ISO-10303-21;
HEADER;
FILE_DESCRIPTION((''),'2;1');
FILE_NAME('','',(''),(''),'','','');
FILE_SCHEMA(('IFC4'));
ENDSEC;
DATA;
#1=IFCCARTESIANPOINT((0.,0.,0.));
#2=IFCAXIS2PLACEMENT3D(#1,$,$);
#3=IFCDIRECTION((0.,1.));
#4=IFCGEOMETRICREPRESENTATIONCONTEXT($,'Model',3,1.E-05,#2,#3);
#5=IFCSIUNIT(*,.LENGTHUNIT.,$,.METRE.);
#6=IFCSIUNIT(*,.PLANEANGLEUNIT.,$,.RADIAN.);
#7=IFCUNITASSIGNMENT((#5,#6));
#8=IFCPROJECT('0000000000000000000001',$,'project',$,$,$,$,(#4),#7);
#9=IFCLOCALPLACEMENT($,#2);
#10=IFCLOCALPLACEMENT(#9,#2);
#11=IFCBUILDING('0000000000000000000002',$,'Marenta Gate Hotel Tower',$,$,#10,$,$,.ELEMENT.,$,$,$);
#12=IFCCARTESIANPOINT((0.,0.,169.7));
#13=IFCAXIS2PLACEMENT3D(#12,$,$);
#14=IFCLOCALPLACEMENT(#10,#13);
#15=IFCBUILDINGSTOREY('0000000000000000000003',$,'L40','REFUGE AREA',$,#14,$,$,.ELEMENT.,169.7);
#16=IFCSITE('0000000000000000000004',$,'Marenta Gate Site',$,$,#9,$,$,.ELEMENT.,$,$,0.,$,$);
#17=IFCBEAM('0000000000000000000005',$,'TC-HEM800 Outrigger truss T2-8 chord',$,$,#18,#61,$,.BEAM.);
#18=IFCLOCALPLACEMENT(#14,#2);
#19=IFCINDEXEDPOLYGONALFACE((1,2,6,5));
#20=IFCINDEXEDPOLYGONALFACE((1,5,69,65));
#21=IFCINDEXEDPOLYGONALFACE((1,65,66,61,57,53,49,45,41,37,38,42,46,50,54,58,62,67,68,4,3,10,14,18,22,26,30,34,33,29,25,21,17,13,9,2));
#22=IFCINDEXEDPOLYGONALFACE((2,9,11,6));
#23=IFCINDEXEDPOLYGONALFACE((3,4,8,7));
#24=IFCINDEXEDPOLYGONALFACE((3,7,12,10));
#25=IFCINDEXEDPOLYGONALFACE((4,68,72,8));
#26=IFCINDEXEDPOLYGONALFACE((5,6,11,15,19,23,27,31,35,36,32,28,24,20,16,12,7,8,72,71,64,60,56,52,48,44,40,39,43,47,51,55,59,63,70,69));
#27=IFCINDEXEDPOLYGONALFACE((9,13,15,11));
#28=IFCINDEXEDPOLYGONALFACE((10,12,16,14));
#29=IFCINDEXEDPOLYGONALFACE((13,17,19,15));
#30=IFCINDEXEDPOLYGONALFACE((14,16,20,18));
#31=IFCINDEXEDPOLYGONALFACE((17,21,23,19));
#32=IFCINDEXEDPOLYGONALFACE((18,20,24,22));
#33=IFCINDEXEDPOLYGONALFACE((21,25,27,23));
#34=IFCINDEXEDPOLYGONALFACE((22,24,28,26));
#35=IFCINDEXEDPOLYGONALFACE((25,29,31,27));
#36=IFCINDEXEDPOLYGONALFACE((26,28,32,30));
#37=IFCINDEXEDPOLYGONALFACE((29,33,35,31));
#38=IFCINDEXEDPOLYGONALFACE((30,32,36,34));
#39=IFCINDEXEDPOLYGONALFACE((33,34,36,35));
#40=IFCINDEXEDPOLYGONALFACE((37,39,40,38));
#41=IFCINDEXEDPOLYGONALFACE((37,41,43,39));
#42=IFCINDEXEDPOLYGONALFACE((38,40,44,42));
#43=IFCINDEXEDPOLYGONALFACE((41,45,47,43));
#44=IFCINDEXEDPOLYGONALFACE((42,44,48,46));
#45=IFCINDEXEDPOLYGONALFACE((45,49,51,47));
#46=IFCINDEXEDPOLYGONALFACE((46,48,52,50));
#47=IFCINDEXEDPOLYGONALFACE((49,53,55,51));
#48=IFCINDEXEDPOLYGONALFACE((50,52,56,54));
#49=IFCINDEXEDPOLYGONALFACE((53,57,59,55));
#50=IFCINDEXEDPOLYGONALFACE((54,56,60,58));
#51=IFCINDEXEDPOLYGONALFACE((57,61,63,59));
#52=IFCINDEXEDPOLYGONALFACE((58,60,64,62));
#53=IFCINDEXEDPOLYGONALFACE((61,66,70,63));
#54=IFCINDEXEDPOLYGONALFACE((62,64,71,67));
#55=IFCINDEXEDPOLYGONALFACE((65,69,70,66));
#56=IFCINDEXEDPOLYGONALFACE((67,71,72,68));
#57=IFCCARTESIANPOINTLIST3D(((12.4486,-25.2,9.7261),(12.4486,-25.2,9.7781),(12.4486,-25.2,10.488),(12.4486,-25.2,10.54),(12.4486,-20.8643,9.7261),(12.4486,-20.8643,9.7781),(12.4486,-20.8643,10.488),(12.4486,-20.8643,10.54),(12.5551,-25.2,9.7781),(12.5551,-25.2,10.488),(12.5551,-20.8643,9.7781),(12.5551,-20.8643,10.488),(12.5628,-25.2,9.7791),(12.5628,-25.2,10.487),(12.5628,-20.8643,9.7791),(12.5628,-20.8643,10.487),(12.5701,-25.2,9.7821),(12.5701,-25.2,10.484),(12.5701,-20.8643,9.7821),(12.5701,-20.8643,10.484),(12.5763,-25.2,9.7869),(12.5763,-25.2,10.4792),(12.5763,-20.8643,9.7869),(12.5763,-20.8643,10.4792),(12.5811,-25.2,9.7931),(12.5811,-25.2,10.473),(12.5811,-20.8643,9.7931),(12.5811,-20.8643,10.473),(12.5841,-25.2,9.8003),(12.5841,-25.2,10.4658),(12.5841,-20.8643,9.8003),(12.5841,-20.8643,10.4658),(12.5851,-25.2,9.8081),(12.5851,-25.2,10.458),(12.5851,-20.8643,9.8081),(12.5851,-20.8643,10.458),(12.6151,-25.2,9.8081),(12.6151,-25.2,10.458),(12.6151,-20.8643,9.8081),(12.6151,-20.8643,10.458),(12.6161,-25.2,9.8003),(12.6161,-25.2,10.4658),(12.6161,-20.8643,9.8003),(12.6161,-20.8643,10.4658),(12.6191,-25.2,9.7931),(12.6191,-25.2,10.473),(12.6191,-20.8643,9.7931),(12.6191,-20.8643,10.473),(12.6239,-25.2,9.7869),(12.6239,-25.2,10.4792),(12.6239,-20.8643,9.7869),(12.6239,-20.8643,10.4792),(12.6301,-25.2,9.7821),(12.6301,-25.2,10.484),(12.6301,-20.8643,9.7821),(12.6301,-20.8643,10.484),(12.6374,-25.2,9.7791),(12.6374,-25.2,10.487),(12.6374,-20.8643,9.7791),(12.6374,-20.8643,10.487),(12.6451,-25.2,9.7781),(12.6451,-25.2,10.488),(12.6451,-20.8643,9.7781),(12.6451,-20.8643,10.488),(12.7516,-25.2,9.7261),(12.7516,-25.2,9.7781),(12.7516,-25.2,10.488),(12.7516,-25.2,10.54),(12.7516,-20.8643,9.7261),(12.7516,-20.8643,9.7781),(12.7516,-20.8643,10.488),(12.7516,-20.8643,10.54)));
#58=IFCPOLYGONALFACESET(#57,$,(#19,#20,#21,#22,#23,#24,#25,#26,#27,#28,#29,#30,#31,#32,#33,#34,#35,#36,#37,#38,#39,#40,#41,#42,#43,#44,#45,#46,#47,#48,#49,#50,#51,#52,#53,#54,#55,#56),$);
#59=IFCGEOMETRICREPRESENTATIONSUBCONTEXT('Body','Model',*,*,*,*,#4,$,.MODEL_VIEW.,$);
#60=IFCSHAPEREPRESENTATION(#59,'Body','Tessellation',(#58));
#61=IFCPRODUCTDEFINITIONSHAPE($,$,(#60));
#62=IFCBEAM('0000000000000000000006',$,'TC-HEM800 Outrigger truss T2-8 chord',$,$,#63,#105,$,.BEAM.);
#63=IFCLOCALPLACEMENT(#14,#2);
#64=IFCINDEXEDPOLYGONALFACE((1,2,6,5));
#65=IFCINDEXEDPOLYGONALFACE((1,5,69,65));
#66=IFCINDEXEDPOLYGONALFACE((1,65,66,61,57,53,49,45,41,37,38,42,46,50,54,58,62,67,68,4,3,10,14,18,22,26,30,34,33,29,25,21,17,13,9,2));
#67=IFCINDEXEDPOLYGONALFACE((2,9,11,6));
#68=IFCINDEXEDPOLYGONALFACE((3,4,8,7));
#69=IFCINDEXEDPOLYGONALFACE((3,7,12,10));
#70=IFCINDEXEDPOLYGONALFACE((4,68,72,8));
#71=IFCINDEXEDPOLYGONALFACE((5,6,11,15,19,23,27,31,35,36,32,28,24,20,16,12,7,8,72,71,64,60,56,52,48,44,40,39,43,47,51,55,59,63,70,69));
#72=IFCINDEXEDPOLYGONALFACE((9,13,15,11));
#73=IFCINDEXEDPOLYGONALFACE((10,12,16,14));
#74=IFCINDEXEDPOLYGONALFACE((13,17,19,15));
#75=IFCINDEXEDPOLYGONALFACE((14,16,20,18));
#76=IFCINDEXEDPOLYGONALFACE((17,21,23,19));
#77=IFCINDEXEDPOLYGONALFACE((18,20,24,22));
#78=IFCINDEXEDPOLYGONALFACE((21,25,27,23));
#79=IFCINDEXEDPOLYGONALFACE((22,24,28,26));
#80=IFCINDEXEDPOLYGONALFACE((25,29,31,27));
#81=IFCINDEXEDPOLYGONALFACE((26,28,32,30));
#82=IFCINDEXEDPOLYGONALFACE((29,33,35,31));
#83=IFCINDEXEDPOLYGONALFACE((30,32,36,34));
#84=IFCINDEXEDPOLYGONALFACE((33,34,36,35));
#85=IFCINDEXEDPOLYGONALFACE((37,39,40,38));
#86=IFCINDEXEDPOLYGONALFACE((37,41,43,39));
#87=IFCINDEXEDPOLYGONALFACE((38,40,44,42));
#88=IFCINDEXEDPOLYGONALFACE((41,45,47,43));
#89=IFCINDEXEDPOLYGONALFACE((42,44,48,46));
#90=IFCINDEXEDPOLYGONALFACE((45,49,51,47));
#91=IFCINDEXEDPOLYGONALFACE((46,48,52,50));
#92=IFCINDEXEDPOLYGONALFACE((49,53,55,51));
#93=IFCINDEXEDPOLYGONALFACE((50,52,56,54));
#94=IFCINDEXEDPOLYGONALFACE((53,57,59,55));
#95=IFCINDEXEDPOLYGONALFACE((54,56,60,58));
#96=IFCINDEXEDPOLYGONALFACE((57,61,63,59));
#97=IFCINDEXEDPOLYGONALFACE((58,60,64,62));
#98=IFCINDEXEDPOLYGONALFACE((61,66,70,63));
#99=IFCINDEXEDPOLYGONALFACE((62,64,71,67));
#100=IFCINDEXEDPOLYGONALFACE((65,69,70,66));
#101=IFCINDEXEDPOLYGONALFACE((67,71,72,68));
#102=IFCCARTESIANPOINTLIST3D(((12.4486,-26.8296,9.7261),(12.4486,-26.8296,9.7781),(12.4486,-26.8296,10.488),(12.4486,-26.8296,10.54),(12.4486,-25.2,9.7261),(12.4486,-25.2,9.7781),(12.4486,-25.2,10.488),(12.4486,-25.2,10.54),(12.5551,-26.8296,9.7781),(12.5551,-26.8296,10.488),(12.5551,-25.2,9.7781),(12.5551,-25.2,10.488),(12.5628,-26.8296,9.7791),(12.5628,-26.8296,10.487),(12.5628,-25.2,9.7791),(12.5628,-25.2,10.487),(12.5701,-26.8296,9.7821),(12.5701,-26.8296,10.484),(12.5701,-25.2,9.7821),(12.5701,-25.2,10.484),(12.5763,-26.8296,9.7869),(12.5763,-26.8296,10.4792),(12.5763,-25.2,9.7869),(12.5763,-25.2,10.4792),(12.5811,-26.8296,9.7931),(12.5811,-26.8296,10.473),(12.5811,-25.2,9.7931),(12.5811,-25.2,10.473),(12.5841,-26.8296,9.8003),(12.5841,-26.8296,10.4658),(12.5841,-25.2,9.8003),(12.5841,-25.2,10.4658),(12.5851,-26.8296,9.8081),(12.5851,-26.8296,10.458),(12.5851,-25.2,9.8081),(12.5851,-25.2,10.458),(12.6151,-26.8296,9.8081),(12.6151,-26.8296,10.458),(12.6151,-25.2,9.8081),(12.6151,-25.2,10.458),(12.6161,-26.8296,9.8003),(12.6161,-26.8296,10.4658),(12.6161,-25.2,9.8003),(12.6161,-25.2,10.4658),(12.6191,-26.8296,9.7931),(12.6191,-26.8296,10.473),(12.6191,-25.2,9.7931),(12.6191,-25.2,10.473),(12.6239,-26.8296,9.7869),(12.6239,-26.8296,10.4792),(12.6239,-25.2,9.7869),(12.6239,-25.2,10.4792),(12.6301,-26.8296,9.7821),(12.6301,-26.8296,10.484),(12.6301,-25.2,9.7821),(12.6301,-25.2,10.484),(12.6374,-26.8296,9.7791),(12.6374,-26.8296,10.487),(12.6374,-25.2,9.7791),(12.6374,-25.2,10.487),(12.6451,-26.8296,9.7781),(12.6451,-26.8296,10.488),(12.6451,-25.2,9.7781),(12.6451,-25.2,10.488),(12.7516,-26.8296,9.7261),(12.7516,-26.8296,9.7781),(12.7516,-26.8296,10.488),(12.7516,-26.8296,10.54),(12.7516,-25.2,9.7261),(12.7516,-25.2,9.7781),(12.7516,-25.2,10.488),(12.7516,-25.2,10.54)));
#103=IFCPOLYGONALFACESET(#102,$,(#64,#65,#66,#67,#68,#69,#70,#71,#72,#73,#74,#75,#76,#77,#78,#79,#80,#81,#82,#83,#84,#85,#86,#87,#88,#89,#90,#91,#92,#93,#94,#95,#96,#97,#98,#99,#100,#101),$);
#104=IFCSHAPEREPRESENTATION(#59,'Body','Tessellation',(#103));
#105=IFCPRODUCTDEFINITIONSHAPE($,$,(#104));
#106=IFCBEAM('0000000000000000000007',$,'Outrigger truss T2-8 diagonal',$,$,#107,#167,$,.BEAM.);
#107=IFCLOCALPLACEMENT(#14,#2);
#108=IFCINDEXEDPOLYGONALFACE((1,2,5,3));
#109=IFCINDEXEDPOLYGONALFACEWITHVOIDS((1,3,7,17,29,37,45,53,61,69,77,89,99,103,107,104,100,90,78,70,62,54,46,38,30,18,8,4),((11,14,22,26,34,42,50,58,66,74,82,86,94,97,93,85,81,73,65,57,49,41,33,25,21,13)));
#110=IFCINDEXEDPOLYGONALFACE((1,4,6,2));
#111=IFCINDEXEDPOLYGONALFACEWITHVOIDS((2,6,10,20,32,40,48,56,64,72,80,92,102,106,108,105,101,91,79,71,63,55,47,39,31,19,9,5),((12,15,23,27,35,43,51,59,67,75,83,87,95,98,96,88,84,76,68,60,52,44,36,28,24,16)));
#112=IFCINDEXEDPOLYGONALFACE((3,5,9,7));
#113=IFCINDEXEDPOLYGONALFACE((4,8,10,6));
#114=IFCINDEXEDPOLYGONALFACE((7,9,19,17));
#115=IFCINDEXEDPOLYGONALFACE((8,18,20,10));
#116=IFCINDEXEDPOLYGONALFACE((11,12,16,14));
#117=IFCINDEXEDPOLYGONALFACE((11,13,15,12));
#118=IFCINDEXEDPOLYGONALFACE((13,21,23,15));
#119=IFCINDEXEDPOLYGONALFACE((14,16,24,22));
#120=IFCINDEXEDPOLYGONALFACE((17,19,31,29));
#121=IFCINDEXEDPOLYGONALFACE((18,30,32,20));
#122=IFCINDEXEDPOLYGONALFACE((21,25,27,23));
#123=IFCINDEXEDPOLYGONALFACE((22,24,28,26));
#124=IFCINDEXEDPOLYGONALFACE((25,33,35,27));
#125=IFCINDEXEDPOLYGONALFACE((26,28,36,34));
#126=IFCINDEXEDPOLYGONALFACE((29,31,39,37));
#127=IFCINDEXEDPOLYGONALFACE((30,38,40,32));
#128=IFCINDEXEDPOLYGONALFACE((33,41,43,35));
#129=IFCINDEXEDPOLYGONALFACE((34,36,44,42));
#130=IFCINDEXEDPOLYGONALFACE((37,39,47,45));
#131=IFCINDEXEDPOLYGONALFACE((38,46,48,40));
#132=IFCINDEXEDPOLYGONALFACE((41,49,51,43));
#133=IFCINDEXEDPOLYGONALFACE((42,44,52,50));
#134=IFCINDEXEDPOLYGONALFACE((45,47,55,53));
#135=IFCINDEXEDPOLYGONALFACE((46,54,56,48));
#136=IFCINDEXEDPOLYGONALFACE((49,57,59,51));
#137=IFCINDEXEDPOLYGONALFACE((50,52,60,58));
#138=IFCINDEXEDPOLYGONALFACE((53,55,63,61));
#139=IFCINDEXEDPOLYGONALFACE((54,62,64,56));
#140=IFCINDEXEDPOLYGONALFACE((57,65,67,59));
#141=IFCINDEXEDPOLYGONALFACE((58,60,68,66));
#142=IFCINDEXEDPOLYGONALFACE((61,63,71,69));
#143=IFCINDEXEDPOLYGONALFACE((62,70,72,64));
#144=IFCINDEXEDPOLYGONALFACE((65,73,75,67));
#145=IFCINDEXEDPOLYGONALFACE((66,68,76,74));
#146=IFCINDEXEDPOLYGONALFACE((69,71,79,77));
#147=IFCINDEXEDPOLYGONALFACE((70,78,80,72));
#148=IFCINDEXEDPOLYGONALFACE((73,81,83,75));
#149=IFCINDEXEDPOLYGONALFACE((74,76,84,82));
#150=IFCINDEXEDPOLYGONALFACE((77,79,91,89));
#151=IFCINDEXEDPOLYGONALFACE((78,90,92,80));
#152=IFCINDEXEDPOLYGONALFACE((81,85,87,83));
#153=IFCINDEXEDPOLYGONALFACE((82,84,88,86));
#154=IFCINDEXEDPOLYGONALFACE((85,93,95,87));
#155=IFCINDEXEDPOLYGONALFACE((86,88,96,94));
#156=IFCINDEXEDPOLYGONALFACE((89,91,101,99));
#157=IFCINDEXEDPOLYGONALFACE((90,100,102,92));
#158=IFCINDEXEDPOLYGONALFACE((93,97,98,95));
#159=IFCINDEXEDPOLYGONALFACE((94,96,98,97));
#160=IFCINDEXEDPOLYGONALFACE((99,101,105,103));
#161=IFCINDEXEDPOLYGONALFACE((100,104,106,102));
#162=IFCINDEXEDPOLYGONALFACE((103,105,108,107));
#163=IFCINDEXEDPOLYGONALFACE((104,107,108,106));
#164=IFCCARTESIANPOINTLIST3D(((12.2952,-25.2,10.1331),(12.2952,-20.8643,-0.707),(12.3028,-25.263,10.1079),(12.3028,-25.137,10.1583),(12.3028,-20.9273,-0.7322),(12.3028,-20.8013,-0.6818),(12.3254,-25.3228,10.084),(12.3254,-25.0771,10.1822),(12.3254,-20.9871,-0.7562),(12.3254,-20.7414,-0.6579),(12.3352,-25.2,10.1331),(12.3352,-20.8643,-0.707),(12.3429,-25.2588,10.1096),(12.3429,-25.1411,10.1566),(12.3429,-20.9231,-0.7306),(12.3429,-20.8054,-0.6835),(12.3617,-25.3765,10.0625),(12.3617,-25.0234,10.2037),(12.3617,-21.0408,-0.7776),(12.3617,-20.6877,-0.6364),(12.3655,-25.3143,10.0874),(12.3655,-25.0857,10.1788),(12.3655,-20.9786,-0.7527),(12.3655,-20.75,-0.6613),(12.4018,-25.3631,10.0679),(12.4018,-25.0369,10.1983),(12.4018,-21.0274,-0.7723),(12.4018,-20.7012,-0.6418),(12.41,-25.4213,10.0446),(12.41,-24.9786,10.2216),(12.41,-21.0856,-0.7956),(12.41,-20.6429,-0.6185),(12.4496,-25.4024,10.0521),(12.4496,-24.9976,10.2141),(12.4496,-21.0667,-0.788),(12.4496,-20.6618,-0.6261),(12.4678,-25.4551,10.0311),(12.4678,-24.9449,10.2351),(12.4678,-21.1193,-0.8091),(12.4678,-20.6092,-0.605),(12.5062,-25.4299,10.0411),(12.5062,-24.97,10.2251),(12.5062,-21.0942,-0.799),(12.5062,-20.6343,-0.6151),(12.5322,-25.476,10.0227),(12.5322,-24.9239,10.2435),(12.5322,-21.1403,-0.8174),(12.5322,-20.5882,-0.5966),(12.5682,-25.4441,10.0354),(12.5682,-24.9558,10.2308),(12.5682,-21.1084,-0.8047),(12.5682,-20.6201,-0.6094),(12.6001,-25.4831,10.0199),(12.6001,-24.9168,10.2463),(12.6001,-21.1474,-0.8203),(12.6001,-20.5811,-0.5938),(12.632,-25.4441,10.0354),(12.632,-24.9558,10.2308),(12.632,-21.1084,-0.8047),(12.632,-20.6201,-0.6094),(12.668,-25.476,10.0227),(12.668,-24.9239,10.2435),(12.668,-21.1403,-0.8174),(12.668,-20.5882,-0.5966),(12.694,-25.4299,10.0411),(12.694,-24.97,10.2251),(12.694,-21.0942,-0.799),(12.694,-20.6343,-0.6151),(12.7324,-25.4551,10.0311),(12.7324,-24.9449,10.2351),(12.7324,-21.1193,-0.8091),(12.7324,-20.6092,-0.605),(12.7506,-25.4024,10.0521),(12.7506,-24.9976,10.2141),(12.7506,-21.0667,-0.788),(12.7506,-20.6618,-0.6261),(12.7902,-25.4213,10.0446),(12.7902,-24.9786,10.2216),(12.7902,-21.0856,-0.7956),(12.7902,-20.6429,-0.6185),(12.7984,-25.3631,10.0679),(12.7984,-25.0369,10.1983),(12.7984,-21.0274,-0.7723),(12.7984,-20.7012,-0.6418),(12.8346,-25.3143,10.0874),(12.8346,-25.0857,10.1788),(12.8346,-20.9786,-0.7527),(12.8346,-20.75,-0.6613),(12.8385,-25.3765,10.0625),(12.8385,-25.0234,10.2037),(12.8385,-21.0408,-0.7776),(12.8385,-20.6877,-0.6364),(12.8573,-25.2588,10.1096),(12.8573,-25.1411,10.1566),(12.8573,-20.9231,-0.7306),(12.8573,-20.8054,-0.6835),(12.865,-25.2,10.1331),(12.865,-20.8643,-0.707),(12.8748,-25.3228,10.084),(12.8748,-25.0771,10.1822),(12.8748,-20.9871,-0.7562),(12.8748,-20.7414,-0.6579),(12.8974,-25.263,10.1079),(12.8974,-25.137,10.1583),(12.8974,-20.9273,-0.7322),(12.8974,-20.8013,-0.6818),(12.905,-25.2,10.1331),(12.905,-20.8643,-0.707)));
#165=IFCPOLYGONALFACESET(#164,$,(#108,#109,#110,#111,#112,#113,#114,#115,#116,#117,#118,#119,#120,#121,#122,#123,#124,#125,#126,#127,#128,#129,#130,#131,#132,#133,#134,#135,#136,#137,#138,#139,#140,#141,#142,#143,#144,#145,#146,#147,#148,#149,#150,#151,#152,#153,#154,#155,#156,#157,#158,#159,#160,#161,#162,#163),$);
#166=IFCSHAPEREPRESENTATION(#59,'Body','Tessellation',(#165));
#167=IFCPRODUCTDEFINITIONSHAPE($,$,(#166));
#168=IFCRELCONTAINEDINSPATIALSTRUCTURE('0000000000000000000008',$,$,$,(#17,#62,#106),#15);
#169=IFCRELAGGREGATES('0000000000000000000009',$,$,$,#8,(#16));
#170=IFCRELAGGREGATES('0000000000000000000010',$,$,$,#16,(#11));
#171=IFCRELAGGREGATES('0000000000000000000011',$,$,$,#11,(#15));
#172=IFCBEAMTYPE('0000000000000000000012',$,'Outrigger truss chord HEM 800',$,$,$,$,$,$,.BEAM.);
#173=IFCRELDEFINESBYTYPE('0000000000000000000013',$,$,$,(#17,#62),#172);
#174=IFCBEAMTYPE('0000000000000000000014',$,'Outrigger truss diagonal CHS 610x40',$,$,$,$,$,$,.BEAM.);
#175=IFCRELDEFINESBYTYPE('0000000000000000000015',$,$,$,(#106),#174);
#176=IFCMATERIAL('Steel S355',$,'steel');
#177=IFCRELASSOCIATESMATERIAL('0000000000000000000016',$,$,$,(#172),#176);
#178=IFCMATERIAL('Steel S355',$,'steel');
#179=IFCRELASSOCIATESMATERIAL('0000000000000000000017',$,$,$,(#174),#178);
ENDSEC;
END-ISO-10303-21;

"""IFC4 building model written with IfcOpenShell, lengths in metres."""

from ifc_helpers import new_model, si_unit, direction, frame, origin, origin_2d, place, context, subcontext, project, spatial, hollow_circle, i_section, extrude, material, material_profile, profile_set, type_object, element, save


model = new_model("IFC4")

# Units and contexts
model_context = context("Model", 3, precision=1e-05, world=origin(), true_north=direction((0.0, 1.0)))
body_context = subcontext(model_context, "Body", "Model", "MODEL_VIEW")
ifc_project = project(units=[si_unit("LENGTHUNIT", "METRE"), si_unit("PLANEANGLEUNIT", "RADIAN")], contexts=[model_context])

# Site, building, storey
site_placement = place(None, origin())
site = spatial("IfcSite", under=ifc_project, at=site_placement, Name="Marenta Gate Site", CompositionType="ELEMENT", RefElevation=0.0)
building_placement = place(site_placement, origin())
building = spatial("IfcBuilding", under=site, at=building_placement, Name="Marenta Gate Hotel Tower", CompositionType="ELEMENT")
storey_placement = place(building_placement, frame((0.0, 0.0, 169.7)))
storey = spatial("IfcBuildingStorey", under=building, at=storey_placement, Name="L40", Description="REFUGE AREA", CompositionType="ELEMENT", Elevation=169.7)

# Beams
ifc_material_1 = material(Name="Steel S355", Category="steel")
ifc_material_profile_1 = material_profile(ifc_material_1, i_section(OverallWidth=0.303, OverallDepth=0.814, WebThickness=0.03, FlangeThickness=0.052, FilletRadius=0.03, at=origin_2d()), Name="HEM 800")
ifc_profile_set_1 = profile_set([ifc_material_profile_1], Name="Steel S355")
beam_type_1 = type_object("IfcBeamType", Name="Outrigger truss chord HEM 800", PredefinedType="BEAM", material=ifc_profile_set_1)
beam_1_placement = place(storey_placement, frame((12.6001, -20.8643, 10.1331), z_axis=(0.0, -1.0, 0.0), x_axis=(1.0, 0.0, 0.0)))
element("IfcBeam", 1, at=beam_1_placement, inside=storey, type_object=beam_type_1, Name="TC-HEM800 Outrigger truss T2-8 chord", PredefinedType="BEAM", context=body_context, shape_type="SweptSolid", body=[
    extrude(i_section(OverallWidth=0.303, OverallDepth=0.814, WebThickness=0.03, FlangeThickness=0.052, FilletRadius=0.03, at=origin_2d()), origin(), (0.0, 0.0, 1.0), 4.3357),
])
beam_2_placement = place(storey_placement, frame((12.6001, -25.2, 10.1331), z_axis=(0.0, -1.0, 0.0), x_axis=(1.0, 0.0, 0.0)))
element("IfcBeam", 2, at=beam_2_placement, inside=storey, type_object=beam_type_1, Name="TC-HEM800 Outrigger truss T2-8 chord", PredefinedType="BEAM", context=body_context, shape_type="SweptSolid", body=[
    extrude(i_section(OverallWidth=0.303, OverallDepth=0.814, WebThickness=0.03, FlangeThickness=0.052, FilletRadius=0.03, at=origin_2d()), origin(), (0.0, 0.0, 1.0), 1.6296),
])
ifc_material_2 = material(Name="Steel S355", Category="steel")
ifc_material_profile_2 = material_profile(ifc_material_2, hollow_circle(Radius=0.3049, WallThickness=0.04, at=origin_2d()), Name="CHS 610x40")
ifc_profile_set_2 = profile_set([ifc_material_profile_2], Name="Steel S355")
beam_type_2 = type_object("IfcBeamType", Name="Outrigger truss diagonal CHS 610x40", PredefinedType="BEAM", material=ifc_profile_set_2)
beam_3_placement = place(storey_placement, frame((12.6001, -20.8643, -0.707), z_axis=(0.0, -0.371365, 0.928487), x_axis=(1.0, 0.0, 0.0)))
element("IfcBeam", 3, at=beam_3_placement, inside=storey, type_object=beam_type_2, Name="Outrigger truss T2-8 diagonal", PredefinedType="BEAM", context=body_context, shape_type="SweptSolid", body=[
    extrude(hollow_circle(Radius=0.3049, WallThickness=0.04, at=origin_2d()), origin(), (0.0, 0.0, 1.0), 11.675),
])

save(model, "model.ifc")
